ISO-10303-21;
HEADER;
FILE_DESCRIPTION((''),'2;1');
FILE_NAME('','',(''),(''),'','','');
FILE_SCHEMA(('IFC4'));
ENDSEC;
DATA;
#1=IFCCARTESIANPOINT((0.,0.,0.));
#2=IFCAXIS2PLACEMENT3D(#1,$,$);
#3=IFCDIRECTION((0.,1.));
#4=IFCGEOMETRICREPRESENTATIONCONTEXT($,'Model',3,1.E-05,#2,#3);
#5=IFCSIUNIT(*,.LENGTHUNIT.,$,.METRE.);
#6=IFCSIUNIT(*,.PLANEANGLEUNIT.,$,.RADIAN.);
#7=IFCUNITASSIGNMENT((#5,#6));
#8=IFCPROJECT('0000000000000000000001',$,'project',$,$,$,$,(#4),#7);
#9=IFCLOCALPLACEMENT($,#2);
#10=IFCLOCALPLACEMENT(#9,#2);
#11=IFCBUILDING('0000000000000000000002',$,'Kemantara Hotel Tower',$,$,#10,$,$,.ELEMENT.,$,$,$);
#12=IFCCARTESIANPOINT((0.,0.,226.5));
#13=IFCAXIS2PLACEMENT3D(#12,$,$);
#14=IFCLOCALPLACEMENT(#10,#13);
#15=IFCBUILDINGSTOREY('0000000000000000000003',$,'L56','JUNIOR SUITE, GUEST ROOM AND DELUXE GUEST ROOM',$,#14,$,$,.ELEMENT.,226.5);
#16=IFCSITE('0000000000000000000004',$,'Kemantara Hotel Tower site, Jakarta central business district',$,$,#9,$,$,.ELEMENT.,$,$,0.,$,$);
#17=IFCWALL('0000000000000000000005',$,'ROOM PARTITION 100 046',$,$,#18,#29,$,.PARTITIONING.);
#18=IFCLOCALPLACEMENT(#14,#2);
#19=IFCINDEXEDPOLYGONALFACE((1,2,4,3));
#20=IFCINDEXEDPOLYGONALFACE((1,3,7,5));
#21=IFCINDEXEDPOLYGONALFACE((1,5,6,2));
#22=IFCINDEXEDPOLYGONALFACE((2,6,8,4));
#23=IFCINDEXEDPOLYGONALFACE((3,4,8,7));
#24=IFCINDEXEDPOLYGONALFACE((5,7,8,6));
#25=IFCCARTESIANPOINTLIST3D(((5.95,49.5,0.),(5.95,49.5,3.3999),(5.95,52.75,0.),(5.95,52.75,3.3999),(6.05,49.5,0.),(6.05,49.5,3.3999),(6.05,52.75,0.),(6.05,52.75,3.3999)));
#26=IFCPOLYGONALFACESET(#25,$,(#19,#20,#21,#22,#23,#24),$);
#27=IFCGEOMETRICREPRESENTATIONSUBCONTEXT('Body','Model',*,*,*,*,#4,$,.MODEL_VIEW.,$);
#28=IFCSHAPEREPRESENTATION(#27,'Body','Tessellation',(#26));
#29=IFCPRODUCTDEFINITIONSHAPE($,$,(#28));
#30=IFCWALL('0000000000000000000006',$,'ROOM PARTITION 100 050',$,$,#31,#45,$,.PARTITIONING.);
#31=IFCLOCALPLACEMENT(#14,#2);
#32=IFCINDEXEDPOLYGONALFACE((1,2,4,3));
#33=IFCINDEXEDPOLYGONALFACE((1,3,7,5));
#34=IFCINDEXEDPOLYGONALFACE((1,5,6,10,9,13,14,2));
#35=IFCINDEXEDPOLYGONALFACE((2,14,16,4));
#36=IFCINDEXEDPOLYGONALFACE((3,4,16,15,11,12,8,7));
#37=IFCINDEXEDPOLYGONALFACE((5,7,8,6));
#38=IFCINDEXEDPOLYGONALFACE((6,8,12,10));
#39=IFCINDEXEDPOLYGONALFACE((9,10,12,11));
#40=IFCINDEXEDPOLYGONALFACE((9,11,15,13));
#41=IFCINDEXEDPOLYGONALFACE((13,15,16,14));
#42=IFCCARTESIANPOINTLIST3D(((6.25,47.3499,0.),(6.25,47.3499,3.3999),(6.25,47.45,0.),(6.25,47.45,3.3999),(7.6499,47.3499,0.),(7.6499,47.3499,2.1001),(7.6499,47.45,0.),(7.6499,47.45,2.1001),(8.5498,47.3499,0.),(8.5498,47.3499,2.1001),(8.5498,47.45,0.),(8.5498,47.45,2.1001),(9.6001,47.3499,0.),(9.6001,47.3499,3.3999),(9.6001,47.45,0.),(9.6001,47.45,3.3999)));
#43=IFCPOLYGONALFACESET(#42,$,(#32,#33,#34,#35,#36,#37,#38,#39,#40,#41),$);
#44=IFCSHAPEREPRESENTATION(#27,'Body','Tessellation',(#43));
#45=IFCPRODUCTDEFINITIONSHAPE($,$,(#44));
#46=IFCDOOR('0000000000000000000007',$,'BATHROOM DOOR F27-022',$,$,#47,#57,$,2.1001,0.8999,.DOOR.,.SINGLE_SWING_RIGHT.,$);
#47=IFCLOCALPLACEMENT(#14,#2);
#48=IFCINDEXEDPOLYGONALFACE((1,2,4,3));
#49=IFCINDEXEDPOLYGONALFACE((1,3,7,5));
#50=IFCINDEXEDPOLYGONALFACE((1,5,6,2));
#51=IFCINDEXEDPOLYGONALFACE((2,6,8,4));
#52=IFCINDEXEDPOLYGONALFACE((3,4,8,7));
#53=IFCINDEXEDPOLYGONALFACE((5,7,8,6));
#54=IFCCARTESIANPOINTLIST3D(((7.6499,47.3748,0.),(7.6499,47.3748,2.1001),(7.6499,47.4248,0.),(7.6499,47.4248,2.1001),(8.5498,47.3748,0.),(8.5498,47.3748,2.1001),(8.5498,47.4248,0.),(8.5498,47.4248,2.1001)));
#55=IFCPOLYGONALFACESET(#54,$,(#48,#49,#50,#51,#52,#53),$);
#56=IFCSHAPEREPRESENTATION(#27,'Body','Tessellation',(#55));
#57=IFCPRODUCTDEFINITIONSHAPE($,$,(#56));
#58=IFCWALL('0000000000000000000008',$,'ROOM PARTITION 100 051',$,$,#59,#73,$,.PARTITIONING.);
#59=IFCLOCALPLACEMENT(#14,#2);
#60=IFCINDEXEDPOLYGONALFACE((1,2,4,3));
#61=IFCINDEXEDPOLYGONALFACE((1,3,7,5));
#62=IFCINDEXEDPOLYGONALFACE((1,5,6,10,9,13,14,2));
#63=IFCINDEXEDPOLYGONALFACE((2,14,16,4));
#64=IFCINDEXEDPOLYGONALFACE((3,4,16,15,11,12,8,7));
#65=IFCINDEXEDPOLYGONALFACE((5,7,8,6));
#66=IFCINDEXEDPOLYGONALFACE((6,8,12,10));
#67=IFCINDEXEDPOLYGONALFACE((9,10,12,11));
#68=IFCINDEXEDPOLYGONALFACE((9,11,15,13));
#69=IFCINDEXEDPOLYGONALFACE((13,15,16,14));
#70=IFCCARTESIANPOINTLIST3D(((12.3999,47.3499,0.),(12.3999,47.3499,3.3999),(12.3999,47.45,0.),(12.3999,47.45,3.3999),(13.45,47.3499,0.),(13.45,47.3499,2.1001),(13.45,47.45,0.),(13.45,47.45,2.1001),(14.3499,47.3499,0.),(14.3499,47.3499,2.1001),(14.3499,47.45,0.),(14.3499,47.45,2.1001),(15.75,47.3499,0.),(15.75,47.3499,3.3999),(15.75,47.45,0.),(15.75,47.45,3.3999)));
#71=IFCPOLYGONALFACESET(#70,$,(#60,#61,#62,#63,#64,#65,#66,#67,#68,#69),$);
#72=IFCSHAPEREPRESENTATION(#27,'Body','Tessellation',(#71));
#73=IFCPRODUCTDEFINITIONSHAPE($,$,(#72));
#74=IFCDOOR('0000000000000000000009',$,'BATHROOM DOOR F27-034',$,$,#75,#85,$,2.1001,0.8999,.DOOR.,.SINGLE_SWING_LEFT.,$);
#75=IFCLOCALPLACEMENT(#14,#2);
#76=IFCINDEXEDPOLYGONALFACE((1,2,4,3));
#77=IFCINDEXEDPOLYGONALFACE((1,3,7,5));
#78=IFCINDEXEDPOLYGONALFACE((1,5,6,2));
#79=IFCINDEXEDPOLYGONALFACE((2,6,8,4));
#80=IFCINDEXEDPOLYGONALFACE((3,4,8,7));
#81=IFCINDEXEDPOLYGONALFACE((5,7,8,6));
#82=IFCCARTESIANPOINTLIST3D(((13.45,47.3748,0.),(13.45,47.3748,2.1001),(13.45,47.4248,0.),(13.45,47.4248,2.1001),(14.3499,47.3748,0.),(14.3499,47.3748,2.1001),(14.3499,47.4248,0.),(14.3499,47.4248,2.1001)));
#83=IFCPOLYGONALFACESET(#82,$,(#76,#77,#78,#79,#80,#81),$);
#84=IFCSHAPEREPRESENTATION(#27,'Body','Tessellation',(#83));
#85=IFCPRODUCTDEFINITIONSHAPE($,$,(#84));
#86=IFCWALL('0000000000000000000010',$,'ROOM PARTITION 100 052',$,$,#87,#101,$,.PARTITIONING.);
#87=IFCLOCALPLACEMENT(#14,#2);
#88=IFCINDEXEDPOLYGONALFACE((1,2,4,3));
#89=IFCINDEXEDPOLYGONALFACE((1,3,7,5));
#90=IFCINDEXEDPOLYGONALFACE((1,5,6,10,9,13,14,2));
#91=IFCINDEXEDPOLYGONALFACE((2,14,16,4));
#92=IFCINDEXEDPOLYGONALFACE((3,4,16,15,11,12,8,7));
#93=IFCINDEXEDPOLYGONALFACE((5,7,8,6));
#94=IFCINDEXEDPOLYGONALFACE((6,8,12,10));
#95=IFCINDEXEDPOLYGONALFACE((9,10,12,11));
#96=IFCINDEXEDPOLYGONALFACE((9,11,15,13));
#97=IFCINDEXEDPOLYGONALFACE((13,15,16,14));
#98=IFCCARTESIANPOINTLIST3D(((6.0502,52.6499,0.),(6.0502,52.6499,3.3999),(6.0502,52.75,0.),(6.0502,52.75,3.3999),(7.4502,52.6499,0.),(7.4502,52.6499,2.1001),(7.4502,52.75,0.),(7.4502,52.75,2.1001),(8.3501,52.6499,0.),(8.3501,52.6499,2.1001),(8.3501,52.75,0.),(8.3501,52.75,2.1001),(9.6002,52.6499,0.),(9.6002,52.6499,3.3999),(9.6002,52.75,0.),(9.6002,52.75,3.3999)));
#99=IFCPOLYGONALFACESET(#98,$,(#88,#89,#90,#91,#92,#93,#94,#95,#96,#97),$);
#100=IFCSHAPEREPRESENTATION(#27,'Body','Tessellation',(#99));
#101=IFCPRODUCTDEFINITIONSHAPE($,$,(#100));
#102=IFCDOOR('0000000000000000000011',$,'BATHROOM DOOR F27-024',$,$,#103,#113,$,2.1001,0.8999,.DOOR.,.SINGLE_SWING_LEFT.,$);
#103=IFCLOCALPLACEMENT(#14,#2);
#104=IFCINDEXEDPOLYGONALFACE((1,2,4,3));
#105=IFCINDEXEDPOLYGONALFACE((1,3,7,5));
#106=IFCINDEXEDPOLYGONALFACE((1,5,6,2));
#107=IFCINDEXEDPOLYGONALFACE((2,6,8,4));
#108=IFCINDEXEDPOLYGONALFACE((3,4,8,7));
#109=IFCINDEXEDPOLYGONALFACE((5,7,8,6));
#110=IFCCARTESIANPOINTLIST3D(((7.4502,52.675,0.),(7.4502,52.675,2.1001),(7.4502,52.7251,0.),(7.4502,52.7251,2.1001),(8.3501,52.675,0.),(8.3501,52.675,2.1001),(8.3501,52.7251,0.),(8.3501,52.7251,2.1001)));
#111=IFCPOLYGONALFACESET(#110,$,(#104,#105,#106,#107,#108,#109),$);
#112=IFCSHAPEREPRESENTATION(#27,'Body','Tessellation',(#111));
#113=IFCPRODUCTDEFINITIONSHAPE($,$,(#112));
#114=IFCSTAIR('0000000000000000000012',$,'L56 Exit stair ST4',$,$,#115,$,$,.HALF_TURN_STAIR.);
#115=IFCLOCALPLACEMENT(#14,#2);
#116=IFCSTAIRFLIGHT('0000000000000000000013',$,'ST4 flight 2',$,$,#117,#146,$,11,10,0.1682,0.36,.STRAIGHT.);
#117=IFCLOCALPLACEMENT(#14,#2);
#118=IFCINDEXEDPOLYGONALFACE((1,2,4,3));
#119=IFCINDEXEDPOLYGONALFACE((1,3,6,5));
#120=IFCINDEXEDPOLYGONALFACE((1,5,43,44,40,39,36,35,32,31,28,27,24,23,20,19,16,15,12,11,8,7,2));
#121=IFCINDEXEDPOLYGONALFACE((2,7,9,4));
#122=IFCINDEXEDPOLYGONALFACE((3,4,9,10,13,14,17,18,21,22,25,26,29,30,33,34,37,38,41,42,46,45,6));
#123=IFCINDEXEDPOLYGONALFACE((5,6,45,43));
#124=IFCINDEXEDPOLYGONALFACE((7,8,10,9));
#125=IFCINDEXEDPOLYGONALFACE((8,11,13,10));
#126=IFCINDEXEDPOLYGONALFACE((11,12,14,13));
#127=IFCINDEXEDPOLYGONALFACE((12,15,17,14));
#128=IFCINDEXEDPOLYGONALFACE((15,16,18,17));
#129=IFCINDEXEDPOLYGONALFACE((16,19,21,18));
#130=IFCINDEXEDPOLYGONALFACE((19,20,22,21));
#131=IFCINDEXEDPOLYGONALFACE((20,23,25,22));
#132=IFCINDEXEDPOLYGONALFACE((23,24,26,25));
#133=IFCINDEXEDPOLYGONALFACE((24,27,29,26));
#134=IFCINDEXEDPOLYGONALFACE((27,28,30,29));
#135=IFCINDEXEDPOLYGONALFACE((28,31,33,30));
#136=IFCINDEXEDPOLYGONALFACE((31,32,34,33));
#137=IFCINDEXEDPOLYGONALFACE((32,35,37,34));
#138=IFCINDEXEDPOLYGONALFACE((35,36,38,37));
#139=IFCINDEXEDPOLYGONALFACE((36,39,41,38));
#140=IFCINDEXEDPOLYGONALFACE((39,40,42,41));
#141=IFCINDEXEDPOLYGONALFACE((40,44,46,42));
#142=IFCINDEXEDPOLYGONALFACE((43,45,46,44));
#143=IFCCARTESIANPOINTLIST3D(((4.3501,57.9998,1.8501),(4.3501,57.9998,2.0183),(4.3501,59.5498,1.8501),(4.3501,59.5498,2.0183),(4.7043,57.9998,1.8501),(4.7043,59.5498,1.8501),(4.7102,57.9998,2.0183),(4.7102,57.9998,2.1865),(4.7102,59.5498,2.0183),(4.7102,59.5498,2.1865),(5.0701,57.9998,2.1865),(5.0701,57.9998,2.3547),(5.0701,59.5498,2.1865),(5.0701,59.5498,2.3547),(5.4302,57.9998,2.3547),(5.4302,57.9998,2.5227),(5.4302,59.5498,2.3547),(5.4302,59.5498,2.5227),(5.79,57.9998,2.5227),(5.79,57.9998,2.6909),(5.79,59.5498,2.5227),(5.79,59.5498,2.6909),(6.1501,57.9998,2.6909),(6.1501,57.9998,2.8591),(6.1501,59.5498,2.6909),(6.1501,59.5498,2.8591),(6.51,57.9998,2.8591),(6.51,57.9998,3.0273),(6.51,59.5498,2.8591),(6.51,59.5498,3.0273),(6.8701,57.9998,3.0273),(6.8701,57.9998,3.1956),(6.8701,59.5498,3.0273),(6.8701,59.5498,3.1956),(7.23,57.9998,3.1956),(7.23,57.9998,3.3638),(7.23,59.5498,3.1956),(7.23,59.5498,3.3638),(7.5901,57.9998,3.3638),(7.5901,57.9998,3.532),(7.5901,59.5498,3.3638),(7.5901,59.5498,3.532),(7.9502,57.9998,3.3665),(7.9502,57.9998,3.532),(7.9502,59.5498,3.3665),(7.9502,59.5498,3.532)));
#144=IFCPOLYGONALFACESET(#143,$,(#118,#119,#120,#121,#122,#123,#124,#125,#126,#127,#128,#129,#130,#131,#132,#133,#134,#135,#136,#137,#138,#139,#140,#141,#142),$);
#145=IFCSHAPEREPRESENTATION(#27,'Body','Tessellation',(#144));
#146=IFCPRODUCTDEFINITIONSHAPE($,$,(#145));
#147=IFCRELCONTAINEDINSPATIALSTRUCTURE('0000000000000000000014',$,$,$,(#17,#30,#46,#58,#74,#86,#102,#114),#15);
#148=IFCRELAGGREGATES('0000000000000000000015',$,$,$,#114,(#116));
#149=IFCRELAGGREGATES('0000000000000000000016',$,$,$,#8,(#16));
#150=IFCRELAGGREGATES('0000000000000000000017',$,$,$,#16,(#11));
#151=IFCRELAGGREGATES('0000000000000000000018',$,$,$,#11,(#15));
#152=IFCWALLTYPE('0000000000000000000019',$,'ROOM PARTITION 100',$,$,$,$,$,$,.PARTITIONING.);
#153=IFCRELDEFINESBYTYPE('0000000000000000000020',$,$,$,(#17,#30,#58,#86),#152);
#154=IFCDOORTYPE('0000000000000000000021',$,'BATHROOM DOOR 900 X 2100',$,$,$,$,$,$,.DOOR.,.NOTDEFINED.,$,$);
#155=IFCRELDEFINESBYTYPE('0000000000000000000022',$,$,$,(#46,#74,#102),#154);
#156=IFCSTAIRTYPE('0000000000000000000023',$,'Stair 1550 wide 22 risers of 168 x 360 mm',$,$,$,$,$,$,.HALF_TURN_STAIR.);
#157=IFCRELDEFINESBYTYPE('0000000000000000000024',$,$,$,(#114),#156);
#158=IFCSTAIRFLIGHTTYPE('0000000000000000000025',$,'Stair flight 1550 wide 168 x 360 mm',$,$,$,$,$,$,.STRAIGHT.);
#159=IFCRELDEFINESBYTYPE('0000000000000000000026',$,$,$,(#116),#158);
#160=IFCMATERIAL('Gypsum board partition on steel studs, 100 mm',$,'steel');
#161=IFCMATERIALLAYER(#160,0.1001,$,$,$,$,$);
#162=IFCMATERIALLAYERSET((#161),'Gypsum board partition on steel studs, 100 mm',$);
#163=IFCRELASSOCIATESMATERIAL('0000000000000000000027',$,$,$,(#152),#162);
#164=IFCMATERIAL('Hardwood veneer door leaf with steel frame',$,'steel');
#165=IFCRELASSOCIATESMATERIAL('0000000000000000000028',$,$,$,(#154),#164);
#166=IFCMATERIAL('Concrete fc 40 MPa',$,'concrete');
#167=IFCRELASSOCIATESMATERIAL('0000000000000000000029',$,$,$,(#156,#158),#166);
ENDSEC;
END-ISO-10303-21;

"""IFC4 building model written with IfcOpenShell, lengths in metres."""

from ifc_helpers import new_model, si_unit, direction, frame, frame_2d, origin, place, context, subcontext, project, spatial, polyline, rectangle, outline, extrude, material, layer, layer_set, type_object, element, fill, aggregate, save


model = new_model("IFC4")

# Units and contexts
model_context = context("Model", 3, precision=1e-05, world=origin(), true_north=direction((0.0, 1.0)))
body_context = subcontext(model_context, "Body", "Model", "MODEL_VIEW")
ifc_project = project(units=[si_unit("LENGTHUNIT", "METRE"), si_unit("PLANEANGLEUNIT", "RADIAN")], contexts=[model_context])

# Site, building, storey
site_placement = place(None, origin())
site = spatial("IfcSite", under=ifc_project, at=site_placement, Name="Kemantara Hotel Tower site, Jakarta central business district", CompositionType="ELEMENT", RefElevation=0.0)
building_placement = place(site_placement, origin())
building = spatial("IfcBuilding", under=site, at=building_placement, Name="Kemantara Hotel Tower", CompositionType="ELEMENT")
storey_placement = place(building_placement, frame((0.0, 0.0, 226.5)))
storey = spatial("IfcBuildingStorey", under=building, at=storey_placement, Name="L56", Description="JUNIOR SUITE, GUEST ROOM AND DELUXE GUEST ROOM", CompositionType="ELEMENT", Elevation=226.5)

# Shared definitions
ifc_material_1 = material(Name="Hardwood veneer door leaf with steel frame", Category="steel")

# Shared definitions
ifc_material_2 = material(Name="Concrete fc 40 MPa", Category="concrete")

# Wall
ifc_material_3 = material(Name="Gypsum board partition on steel studs, 100 mm", Category="steel")
ifc_layer_1 = layer(ifc_material_3, 0.1001)
ifc_layer_set_1 = layer_set([ifc_layer_1], Name="Gypsum board partition on steel studs, 100 mm")
wall_type_1 = type_object("IfcWallType", Name="ROOM PARTITION 100", PredefinedType="PARTITIONING", material=ifc_layer_set_1)
wall_1_placement = place(storey_placement, frame((6.0, 49.5, 0.0), z_axis=(0.0, 0.0, 1.0), x_axis=(0.0, 1.0, 0.0)))
element("IfcWall", 1, at=wall_1_placement, inside=storey, type_object=wall_type_1, Name="ROOM PARTITION 100 046", PredefinedType="PARTITIONING", context=body_context, shape_type="SweptSolid", body=[
    extrude(rectangle(XDim=3.25, YDim=0.1001, at=frame_2d((1.625, 0.0))), origin(), (0.0, 0.0, 1.0), 3.3999),
])

# Walls, openings, doors
wall_2_placement = place(storey_placement, frame((6.25, 47.3999, 0.0), z_axis=(0.0, 0.0, 1.0), x_axis=(1.0, 0.0, 0.0)))
wall_2 = element("IfcWall", 2, at=wall_2_placement, inside=storey, type_object=wall_type_1, Name="ROOM PARTITION 100 050", PredefinedType="PARTITIONING", context=body_context, shape_type="SweptSolid", body=[
    extrude(rectangle(XDim=3.3501, YDim=0.1001, at=frame_2d((1.675, 0.0))), origin(), (0.0, 0.0, 1.0), 3.3999),
])
opening_1_placement = place(wall_2_placement, frame((1.3999, 0.0, 0.0)))
opening_1 = element("IfcOpeningElement", 3, at=opening_1_placement, cuts=wall_2, PredefinedType="OPENING", context=body_context, shape_type="SweptSolid", body=[
    extrude(rectangle(XDim=0.8999, YDim=2.1001, at=frame_2d((0.45, 1.05))), frame((0.0, 0.0601, 0.0), z_axis=(0.0, -1.0, 0.0), x_axis=(1.0, 0.0, 0.0)), (0.0, 0.0, 1.0), 0.1201),
])
door_type_1 = type_object("IfcDoorType", Name="BATHROOM DOOR 900 X 2100", OperationType="NOTDEFINED", PredefinedType="DOOR", material=ifc_material_1)
door_1_placement = place(opening_1_placement, origin())
door_1 = element("IfcDoor", 4, at=door_1_placement, inside=storey, type_object=door_type_1, Name="BATHROOM DOOR F27-022", OperationType="SINGLE_SWING_RIGHT", OverallHeight=2.1001, OverallWidth=0.8999, PredefinedType="DOOR", context=body_context, shape_type="SweptSolid", body=[
    extrude(rectangle(XDim=0.8999, YDim=2.1001, at=frame_2d((0.45, 1.05))), frame((0.0, 0.0249, 0.0), z_axis=(0.0, -1.0, 0.0), x_axis=(1.0, 0.0, 0.0)), (0.0, 0.0, 1.0), 0.05),
])
fill(opening_1, door_1)
wall_3_placement = place(storey_placement, frame((12.3999, 47.3999, 0.0), z_axis=(0.0, 0.0, 1.0), x_axis=(1.0, 0.0, 0.0)))
wall_3 = element("IfcWall", 5, at=wall_3_placement, inside=storey, type_object=wall_type_1, Name="ROOM PARTITION 100 051", PredefinedType="PARTITIONING", context=body_context, shape_type="SweptSolid", body=[
    extrude(rectangle(XDim=3.3501, YDim=0.1001, at=frame_2d((1.675, 0.0))), origin(), (0.0, 0.0, 1.0), 3.3999),
])
opening_2_placement = place(wall_3_placement, frame((1.05, 0.0, 0.0)))
opening_2 = element("IfcOpeningElement", 6, at=opening_2_placement, cuts=wall_3, PredefinedType="OPENING", context=body_context, shape_type="SweptSolid", body=[
    extrude(rectangle(XDim=0.8999, YDim=2.1001, at=frame_2d((0.45, 1.05))), frame((0.0, 0.0601, 0.0), z_axis=(0.0, -1.0, 0.0), x_axis=(1.0, 0.0, 0.0)), (0.0, 0.0, 1.0), 0.1201),
])
door_2_placement = place(opening_2_placement, origin())
door_2 = element("IfcDoor", 7, at=door_2_placement, inside=storey, type_object=door_type_1, Name="BATHROOM DOOR F27-034", OperationType="SINGLE_SWING_LEFT", OverallHeight=2.1001, OverallWidth=0.8999, PredefinedType="DOOR", context=body_context, shape_type="SweptSolid", body=[
    extrude(rectangle(XDim=0.8999, YDim=2.1001, at=frame_2d((0.45, 1.05))), frame((0.0, 0.0249, 0.0), z_axis=(0.0, -1.0, 0.0), x_axis=(1.0, 0.0, 0.0)), (0.0, 0.0, 1.0), 0.05),
])
fill(opening_2, door_2)
wall_4_placement = place(storey_placement, frame((9.6001, 52.7, 0.0), z_axis=(0.0, 0.0, 1.0), x_axis=(-1.0, 0.0, 0.0)))
wall_4 = element("IfcWall", 8, at=wall_4_placement, inside=storey, type_object=wall_type_1, Name="ROOM PARTITION 100 052", PredefinedType="PARTITIONING", context=body_context, shape_type="SweptSolid", body=[
    extrude(rectangle(XDim=3.55, YDim=0.1001, at=frame_2d((1.7749, 0.0))), origin(), (0.0, 0.0, 1.0), 3.3999),
])
opening_3_placement = place(wall_4_placement, frame((1.25, 0.0, 0.0)))
opening_3 = element("IfcOpeningElement", 9, at=opening_3_placement, cuts=wall_4, PredefinedType="OPENING", context=body_context, shape_type="SweptSolid", body=[
    extrude(rectangle(XDim=0.8999, YDim=2.1001, at=frame_2d((0.45, 1.05))), frame((0.0, 0.0601, 0.0), z_axis=(0.0, -1.0, 0.0), x_axis=(1.0, 0.0, 0.0)), (0.0, 0.0, 1.0), 0.1201),
])
door_3_placement = place(opening_3_placement, origin())
door_3 = element("IfcDoor", 10, at=door_3_placement, inside=storey, type_object=door_type_1, Name="BATHROOM DOOR F27-024", OperationType="SINGLE_SWING_LEFT", OverallHeight=2.1001, OverallWidth=0.8999, PredefinedType="DOOR", context=body_context, shape_type="SweptSolid", body=[
    extrude(rectangle(XDim=0.8999, YDim=2.1001, at=frame_2d((0.45, 1.05))), frame((0.0, 0.0249, 0.0), z_axis=(0.0, -1.0, 0.0), x_axis=(1.0, 0.0, 0.0)), (0.0, 0.0, 1.0), 0.05),
])
fill(opening_3, door_3)

# Stair, stair flight
stair_type = type_object("IfcStairType", Name="Stair 1550 wide 22 risers of 168 x 360 mm", PredefinedType="HALF_TURN_STAIR", material=ifc_material_2)
stair_placement = place(storey_placement, origin())
stair = element("IfcStair", 11, at=stair_placement, inside=storey, type_object=stair_type, Name="L56 Exit stair ST4", PredefinedType="HALF_TURN_STAIR")
stair_flight_type = type_object("IfcStairFlightType", Name="Stair flight 1550 wide 168 x 360 mm", PredefinedType="STRAIGHT", material=ifc_material_2)
stair_flight_placement = place(storey_placement, frame((4.3501, 58.7749, 1.8501), z_axis=(0.0, 0.0, 1.0), x_axis=(1.0, 0.0, 0.0)))
stair_flight = element("IfcStairFlight", 12, at=stair_flight_placement, type_object=stair_flight_type, Name="ST4 flight 2", NumberOfRisers=11, NumberOfTreads=10, PredefinedType="STRAIGHT", RiserHeight=0.1682, TreadLength=0.36, context=body_context, shape_type="SweptSolid", body=[
    extrude(outline(polyline([(0.0, 0.0), (0.0, 0.1682), (0.3601, 0.1682), (0.3601, 0.3364), (0.72, 0.3364), (0.72, 0.5046), (1.0801, 0.5046), (1.0801, 0.6726), (1.4399, 0.6726), (1.4399, 0.8408), (1.8, 0.8408), (1.8, 1.009), (2.1599, 1.009), (2.1599, 1.1772), (2.52, 1.1772), (2.52, 1.3455), (2.8799, 1.3455), (2.8799, 1.5137), (3.24, 1.5137), (3.24, 1.6819), (3.6001, 1.6819), (3.6001, 1.8501), (3.6001, 1.5164), (0.3542, 0.0), (0.0, 0.0)])), frame((0.0, 0.7749, 0.0), z_axis=(0.0, -1.0, 0.0), x_axis=(1.0, 0.0, 0.0)), (0.0, 0.0, 1.0), 1.55),
])
aggregate(stair, [stair_flight])

save(model, "model.ifc")
